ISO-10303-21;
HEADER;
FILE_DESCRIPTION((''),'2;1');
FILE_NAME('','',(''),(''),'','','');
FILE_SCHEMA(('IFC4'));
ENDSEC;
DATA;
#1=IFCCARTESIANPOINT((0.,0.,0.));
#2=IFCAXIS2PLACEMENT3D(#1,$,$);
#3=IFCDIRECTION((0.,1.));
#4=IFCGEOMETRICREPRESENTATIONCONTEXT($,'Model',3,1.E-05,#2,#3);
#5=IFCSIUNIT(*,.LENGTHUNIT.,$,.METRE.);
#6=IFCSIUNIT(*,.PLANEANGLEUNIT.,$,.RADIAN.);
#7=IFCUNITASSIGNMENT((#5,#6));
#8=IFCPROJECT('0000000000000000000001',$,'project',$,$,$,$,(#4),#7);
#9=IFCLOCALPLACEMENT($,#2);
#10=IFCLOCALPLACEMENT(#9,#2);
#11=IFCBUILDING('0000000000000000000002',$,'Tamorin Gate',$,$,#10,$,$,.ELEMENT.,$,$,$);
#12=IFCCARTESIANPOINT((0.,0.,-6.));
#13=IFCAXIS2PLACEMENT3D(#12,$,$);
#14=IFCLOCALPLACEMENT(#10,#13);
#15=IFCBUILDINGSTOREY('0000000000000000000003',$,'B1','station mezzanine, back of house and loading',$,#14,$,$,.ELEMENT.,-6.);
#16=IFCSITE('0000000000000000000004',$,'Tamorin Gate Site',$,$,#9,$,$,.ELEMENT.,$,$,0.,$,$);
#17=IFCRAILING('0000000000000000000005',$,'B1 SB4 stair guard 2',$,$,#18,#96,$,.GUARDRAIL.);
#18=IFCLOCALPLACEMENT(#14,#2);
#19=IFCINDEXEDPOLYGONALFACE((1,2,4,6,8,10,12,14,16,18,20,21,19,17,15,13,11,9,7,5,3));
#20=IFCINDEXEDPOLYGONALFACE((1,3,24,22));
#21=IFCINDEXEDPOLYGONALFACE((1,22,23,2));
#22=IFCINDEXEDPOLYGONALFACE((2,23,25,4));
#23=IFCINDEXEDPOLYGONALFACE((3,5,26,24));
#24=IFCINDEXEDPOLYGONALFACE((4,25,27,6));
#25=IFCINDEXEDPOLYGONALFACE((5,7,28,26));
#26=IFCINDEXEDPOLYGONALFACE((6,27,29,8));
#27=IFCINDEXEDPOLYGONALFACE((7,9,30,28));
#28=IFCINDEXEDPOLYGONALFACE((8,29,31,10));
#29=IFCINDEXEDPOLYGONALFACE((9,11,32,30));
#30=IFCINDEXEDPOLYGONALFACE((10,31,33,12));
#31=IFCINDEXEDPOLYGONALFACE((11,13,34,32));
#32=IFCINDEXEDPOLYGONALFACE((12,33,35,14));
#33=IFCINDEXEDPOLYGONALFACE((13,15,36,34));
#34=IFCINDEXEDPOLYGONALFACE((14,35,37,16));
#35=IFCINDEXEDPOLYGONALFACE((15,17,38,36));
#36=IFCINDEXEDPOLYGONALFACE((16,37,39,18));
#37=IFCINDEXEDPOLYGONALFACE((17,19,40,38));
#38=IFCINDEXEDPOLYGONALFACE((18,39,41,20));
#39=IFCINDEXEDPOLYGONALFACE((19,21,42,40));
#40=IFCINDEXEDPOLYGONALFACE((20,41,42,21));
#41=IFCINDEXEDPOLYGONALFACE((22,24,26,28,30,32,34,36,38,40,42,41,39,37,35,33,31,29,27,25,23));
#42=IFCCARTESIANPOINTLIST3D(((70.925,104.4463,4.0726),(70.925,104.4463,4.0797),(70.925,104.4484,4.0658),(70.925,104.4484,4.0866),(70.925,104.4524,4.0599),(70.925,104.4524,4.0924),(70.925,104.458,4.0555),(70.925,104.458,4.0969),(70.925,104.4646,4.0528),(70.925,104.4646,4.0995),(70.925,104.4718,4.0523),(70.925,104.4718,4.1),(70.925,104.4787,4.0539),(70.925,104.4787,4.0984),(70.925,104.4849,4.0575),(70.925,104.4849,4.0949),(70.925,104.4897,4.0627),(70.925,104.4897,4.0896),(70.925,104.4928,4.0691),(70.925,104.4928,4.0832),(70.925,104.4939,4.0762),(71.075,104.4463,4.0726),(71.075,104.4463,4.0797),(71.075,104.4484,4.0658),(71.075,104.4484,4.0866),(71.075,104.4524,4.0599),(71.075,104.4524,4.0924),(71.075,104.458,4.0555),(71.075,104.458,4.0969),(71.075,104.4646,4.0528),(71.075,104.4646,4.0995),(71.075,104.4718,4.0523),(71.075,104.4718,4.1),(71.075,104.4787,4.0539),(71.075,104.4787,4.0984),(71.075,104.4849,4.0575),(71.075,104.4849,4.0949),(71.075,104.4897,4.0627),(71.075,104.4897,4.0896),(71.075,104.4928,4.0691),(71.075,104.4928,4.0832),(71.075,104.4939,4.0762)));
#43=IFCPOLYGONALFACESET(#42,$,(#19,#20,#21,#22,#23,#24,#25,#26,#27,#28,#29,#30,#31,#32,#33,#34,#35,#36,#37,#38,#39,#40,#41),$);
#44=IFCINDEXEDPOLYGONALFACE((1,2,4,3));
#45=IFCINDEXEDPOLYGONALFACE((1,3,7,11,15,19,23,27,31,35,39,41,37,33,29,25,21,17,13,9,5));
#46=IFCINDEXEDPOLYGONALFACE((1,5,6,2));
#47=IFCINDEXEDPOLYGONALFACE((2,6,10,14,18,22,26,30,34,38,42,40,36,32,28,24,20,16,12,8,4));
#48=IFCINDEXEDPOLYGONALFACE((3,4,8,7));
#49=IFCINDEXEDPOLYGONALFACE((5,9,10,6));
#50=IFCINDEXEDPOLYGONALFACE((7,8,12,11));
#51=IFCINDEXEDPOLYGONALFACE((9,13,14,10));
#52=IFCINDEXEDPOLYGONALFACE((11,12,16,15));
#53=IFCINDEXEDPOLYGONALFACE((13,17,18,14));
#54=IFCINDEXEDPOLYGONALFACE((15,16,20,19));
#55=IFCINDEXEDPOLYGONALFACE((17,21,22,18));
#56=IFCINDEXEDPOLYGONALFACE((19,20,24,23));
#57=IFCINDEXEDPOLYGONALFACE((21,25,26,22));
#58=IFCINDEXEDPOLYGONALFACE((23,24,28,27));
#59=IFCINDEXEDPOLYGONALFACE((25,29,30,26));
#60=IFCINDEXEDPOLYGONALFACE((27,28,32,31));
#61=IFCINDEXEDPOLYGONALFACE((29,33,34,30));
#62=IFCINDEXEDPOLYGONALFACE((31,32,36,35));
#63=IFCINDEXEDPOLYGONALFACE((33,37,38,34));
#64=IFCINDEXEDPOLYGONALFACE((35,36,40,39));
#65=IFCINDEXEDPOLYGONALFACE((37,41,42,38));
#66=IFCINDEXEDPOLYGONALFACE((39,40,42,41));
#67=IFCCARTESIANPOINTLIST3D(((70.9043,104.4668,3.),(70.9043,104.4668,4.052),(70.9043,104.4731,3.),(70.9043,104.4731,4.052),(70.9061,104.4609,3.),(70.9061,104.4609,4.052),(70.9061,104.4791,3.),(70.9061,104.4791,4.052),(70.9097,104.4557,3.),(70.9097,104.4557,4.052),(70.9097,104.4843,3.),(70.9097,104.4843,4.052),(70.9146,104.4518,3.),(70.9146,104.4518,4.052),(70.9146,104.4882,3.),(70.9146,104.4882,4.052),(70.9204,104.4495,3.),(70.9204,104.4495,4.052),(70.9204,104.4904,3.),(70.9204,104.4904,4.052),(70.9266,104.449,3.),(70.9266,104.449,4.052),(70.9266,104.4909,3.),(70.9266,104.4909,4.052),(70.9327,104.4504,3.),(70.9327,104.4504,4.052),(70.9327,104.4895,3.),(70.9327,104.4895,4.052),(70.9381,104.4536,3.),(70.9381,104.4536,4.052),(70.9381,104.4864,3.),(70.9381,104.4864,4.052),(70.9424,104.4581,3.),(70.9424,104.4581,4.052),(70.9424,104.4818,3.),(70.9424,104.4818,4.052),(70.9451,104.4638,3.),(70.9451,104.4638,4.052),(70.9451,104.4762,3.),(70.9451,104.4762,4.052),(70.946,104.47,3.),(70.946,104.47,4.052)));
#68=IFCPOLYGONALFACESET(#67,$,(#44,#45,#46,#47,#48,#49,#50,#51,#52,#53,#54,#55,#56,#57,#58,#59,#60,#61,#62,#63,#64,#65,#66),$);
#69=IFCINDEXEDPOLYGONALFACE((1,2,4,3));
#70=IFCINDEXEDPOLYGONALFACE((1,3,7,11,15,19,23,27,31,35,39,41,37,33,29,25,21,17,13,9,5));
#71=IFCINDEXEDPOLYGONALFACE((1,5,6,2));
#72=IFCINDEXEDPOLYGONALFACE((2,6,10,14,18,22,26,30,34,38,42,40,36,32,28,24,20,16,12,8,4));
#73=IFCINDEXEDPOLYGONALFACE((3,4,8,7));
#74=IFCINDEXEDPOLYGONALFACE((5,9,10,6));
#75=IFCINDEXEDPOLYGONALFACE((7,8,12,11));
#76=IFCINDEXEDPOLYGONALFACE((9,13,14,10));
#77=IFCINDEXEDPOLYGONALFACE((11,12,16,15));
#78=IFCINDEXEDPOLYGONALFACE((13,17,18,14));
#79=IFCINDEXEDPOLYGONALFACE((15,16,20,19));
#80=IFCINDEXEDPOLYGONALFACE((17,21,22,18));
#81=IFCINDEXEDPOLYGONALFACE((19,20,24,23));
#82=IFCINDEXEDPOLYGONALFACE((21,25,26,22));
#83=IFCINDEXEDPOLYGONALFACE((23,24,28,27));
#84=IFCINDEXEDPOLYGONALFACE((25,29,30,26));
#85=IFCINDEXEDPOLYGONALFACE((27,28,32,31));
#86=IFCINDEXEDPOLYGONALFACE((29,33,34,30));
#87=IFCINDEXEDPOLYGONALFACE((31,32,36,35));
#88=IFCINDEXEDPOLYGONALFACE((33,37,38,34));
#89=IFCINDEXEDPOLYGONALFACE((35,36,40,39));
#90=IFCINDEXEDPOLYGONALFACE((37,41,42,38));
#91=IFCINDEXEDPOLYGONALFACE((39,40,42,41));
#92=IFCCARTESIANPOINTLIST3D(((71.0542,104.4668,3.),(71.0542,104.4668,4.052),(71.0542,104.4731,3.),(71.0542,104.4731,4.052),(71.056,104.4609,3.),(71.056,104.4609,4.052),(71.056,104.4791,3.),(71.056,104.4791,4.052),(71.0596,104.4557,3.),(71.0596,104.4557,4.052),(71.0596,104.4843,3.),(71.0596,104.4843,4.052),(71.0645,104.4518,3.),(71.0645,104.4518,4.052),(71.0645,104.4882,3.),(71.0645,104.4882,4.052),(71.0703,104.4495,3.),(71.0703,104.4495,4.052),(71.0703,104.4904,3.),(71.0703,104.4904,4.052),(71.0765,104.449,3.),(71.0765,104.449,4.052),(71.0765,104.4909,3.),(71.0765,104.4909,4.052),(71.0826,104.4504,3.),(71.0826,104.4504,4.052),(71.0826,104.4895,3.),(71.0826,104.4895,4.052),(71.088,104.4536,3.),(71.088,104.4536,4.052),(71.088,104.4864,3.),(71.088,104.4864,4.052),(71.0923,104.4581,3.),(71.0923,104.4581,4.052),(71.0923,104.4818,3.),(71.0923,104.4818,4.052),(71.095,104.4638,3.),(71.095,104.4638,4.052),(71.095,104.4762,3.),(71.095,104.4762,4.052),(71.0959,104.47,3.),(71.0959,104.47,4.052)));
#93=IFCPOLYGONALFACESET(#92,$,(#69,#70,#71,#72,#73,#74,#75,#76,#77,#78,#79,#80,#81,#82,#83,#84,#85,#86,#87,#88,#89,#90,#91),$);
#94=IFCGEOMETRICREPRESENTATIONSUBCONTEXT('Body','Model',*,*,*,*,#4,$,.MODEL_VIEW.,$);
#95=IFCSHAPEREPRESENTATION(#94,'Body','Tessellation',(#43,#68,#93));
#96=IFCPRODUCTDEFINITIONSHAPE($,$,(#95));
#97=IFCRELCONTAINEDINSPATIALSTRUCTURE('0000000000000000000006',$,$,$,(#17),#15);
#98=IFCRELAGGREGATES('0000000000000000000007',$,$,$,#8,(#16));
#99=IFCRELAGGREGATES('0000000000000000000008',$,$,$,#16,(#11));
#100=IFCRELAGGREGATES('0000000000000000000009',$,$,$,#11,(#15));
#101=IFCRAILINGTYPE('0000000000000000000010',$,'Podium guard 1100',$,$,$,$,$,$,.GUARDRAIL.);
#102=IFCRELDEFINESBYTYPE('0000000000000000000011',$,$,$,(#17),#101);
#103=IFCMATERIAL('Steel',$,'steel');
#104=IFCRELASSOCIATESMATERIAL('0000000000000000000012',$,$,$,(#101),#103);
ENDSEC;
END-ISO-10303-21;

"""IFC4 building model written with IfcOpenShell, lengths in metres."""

from ifc_helpers import new_model, si_unit, direction, frame, origin, origin_2d, place, context, subcontext, project, spatial, circle, extrude, material, type_object, element, save


model = new_model("IFC4")

# Units and contexts
model_context = context("Model", 3, precision=1e-05, world=origin(), true_north=direction((0.0, 1.0)))
body_context = subcontext(model_context, "Body", "Model", "MODEL_VIEW")
ifc_project = project(units=[si_unit("LENGTHUNIT", "METRE"), si_unit("PLANEANGLEUNIT", "RADIAN")], contexts=[model_context])

# Site, building, storey
site_placement = place(None, origin())
site = spatial("IfcSite", under=ifc_project, at=site_placement, Name="Tamorin Gate Site", CompositionType="ELEMENT", RefElevation=0.0)
building_placement = place(site_placement, origin())
building = spatial("IfcBuilding", under=site, at=building_placement, Name="Tamorin Gate", CompositionType="ELEMENT")
storey_placement = place(building_placement, frame((0.0, 0.0, -6.0)))
storey = spatial("IfcBuildingStorey", under=building, at=storey_placement, Name="B1", Description="station mezzanine, back of house and loading", CompositionType="ELEMENT", Elevation=-6.0)

# Railing
ifc_material_1 = material(Name="Steel", Category="steel")
railing_type_1 = type_object("IfcRailingType", Name="Podium guard 1100", PredefinedType="GUARDRAIL", material=ifc_material_1)
railing_1_placement = place(storey_placement, frame((70.925, 104.47, 3.0)))
element("IfcRailing", 1, at=railing_1_placement, inside=storey, type_object=railing_type_1, Name="B1 SB4 stair guard 2", PredefinedType="GUARDRAIL", context=body_context, shape_type="SweptSolid", body=[
    extrude(circle(Radius=0.0239, at=origin_2d()), frame((0.0, 0.0, 1.0762), z_axis=(1.0, 0.0, 0.0), x_axis=(0.0, 1.0, 0.0)), (0.0, 0.0, 1.0), 0.1499),
    extrude(circle(Radius=0.021, at=origin_2d()), origin(), (0.0, 0.0, 1.0), 1.052),
    extrude(circle(Radius=0.021, at=origin_2d()), frame((0.1499, 0.0, 0.0)), (0.0, 0.0, 1.0), 1.052),
])

save(model, "model.ifc")
